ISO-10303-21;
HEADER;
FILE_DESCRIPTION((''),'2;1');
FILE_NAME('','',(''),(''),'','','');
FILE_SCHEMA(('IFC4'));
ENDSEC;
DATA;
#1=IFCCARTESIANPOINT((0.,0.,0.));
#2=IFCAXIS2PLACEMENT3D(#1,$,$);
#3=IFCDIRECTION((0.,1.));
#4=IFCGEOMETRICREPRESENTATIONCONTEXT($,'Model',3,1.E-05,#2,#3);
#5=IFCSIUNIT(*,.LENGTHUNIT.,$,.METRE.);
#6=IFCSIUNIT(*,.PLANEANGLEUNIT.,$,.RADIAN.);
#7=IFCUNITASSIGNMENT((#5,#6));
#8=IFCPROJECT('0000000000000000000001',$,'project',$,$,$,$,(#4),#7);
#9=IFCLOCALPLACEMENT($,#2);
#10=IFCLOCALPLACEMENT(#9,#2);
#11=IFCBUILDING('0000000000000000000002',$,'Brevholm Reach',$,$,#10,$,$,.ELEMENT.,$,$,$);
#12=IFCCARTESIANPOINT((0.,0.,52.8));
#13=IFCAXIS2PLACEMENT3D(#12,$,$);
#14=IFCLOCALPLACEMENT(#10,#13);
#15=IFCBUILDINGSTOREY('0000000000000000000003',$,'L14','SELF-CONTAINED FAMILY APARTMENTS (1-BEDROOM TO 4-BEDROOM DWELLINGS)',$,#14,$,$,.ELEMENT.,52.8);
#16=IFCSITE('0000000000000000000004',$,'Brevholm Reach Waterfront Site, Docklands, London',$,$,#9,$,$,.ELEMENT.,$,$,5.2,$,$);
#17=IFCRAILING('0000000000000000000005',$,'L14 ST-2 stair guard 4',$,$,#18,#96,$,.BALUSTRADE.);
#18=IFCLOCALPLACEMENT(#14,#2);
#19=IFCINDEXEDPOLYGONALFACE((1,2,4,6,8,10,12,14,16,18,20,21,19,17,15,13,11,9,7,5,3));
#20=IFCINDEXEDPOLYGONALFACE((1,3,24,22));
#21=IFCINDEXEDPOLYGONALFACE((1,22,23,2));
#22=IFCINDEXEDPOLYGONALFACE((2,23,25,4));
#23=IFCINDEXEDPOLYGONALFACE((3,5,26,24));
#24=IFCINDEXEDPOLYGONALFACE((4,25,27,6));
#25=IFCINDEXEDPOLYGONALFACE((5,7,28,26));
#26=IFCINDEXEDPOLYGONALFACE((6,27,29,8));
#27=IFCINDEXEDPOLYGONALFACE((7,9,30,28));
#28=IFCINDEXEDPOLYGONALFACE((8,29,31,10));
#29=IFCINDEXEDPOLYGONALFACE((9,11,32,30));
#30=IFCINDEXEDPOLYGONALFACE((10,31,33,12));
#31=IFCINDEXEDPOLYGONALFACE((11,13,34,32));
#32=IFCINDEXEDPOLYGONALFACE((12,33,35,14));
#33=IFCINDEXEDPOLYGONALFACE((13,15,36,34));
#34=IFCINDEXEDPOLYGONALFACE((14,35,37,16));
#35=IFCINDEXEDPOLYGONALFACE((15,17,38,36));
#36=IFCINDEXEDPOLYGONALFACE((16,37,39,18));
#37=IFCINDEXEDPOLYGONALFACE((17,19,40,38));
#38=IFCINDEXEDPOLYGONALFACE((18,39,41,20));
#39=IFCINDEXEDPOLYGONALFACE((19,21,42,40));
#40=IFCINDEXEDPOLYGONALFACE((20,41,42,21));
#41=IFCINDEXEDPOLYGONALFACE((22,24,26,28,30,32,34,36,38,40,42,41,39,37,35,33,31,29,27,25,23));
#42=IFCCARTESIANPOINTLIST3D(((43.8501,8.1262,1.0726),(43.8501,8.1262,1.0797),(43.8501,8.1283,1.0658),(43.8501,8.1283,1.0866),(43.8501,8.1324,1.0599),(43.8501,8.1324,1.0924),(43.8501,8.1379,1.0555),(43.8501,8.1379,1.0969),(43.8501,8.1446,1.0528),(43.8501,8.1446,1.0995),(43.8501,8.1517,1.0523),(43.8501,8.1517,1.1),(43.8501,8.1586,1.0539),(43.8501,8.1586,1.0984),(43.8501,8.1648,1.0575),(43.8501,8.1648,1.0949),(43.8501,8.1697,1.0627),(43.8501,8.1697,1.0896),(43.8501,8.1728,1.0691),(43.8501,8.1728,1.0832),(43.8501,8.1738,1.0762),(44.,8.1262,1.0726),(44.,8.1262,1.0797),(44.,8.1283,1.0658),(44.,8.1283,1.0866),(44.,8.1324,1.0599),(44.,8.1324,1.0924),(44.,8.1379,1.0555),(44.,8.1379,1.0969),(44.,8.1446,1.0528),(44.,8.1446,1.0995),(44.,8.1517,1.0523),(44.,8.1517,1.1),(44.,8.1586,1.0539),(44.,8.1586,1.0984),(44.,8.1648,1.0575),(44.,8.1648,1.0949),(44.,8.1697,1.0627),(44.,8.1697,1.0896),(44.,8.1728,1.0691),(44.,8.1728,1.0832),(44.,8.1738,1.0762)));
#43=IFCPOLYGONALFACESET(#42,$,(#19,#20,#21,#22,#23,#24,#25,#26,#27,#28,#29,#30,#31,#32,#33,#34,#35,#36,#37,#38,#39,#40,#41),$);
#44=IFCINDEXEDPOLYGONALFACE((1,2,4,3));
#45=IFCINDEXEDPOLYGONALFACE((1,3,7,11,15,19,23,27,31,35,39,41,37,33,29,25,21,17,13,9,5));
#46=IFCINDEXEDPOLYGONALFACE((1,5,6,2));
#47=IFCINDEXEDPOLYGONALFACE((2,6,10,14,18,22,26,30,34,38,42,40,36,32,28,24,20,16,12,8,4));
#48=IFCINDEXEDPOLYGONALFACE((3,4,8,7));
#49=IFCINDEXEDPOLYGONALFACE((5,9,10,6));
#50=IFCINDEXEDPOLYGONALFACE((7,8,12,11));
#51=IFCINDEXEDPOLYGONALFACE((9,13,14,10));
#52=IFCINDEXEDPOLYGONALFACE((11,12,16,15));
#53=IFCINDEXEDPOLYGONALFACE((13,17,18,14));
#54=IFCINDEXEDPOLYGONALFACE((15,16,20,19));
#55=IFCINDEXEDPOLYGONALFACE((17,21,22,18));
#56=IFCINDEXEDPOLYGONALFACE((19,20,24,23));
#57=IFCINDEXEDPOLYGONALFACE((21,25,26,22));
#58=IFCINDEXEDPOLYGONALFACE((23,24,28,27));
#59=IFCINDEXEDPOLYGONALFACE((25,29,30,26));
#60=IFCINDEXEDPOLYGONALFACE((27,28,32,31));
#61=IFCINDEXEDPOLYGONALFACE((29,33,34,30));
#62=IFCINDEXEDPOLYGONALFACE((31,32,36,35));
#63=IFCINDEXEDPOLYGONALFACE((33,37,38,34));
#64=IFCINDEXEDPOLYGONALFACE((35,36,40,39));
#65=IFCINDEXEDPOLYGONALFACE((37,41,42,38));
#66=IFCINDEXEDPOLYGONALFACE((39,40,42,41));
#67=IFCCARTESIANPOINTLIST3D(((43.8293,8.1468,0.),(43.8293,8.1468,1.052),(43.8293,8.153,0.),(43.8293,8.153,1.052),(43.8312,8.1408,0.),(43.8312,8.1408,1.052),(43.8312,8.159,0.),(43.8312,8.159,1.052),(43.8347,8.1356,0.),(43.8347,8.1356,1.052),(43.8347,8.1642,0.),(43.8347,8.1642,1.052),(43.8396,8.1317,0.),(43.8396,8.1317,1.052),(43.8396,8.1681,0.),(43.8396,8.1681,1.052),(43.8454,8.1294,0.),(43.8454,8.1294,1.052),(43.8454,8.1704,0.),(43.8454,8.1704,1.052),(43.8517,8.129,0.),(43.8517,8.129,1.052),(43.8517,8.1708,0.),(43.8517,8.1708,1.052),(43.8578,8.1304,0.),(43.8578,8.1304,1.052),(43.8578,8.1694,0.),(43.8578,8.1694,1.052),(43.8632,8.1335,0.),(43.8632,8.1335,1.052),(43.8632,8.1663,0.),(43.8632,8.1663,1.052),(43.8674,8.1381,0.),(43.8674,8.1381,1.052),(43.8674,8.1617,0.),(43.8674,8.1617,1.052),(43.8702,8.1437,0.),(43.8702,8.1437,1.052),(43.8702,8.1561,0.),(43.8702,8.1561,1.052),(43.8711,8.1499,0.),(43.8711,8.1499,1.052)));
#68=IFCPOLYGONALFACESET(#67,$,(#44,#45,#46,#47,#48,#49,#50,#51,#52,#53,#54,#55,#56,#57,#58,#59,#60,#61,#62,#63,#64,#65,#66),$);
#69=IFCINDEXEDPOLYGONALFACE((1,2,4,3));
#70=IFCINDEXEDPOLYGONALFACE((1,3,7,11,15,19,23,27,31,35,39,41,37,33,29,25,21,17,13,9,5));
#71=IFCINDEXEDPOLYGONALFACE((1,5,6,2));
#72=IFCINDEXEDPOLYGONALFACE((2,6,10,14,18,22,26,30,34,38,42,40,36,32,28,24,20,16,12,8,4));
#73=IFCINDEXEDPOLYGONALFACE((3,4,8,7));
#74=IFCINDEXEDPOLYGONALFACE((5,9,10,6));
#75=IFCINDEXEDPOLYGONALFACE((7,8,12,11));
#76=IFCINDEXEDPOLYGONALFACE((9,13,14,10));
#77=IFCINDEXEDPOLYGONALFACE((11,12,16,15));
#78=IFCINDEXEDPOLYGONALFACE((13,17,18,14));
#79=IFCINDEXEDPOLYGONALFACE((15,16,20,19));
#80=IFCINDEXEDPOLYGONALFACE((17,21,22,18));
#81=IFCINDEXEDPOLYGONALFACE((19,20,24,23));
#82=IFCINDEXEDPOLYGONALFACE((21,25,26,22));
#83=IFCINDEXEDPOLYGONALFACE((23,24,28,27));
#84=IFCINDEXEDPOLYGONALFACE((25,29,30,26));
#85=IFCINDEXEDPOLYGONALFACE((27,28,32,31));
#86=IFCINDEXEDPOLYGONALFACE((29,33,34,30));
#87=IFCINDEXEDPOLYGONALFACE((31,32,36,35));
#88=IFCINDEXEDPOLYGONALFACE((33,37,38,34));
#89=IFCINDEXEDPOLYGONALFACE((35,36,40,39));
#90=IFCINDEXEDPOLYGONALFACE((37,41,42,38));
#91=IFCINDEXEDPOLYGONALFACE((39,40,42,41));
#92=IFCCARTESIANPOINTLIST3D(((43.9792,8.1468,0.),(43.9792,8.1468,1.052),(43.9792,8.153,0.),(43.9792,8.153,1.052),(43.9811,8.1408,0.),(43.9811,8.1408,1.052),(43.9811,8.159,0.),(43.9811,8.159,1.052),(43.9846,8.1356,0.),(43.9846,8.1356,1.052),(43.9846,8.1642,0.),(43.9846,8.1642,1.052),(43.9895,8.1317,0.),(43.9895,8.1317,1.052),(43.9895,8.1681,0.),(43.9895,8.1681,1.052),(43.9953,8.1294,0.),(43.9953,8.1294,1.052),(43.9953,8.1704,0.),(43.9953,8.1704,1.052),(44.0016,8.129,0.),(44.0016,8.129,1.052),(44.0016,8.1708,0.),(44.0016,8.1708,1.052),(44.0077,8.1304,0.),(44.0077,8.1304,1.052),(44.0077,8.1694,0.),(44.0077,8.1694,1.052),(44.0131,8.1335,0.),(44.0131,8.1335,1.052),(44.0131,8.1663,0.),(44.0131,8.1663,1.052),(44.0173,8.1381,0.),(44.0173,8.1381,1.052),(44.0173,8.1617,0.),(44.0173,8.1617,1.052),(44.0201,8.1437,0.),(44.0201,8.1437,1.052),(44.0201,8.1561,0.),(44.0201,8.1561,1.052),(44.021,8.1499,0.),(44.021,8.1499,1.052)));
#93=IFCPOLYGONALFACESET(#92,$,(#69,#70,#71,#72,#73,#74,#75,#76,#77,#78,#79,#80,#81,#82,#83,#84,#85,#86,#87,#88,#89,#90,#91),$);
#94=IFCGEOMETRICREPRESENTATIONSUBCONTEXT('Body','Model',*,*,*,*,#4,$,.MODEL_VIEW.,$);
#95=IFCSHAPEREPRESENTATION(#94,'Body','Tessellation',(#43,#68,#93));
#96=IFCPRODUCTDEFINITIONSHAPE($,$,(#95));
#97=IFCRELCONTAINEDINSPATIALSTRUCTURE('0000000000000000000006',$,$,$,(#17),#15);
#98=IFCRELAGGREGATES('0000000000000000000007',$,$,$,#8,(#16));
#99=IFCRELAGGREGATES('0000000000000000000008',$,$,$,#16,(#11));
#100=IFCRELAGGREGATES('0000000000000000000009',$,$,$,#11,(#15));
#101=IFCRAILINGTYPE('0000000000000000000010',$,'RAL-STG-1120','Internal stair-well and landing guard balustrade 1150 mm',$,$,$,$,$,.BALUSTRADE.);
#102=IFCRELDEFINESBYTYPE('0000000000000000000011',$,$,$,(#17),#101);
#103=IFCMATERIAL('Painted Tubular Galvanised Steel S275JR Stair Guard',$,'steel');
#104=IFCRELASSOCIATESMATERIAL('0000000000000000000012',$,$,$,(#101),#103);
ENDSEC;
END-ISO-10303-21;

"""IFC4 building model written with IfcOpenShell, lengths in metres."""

from ifc_helpers import new_model, si_unit, direction, frame, origin, origin_2d, place, context, subcontext, project, spatial, circle, extrude, material, type_object, element, save


model = new_model("IFC4")

# Units and contexts
model_context = context("Model", 3, precision=1e-05, world=origin(), true_north=direction((0.0, 1.0)))
body_context = subcontext(model_context, "Body", "Model", "MODEL_VIEW")
ifc_project = project(units=[si_unit("LENGTHUNIT", "METRE"), si_unit("PLANEANGLEUNIT", "RADIAN")], contexts=[model_context])

# Site, building, storey
site_placement = place(None, origin())
site = spatial("IfcSite", under=ifc_project, at=site_placement, Name="Brevholm Reach Waterfront Site, Docklands, London", CompositionType="ELEMENT", RefElevation=5.2)
building_placement = place(site_placement, origin())
building = spatial("IfcBuilding", under=site, at=building_placement, Name="Brevholm Reach", CompositionType="ELEMENT")
storey_placement = place(building_placement, frame((0.0, 0.0, 52.8)))
storey = spatial("IfcBuildingStorey", under=building, at=storey_placement, Name="L14", Description="SELF-CONTAINED FAMILY APARTMENTS (1-BEDROOM TO 4-BEDROOM DWELLINGS)", CompositionType="ELEMENT", Elevation=52.8)

# Railing
ifc_material_1 = material(Name="Painted Tubular Galvanised Steel S275JR Stair Guard", Category="steel")
railing_type = type_object("IfcRailingType", Name="RAL-STG-1120", Description="Internal stair-well and landing guard balustrade 1150 mm", PredefinedType="BALUSTRADE", material=ifc_material_1)
railing_placement = place(storey_placement, frame((43.8501, 8.1499, 0.0)))
element("IfcRailing", 1, at=railing_placement, inside=storey, type_object=railing_type, Name="L14 ST-2 stair guard 4", PredefinedType="BALUSTRADE", context=body_context, shape_type="SweptSolid", body=[
    extrude(circle(Radius=0.0239, at=origin_2d()), frame((0.0, 0.0, 1.0762), z_axis=(1.0, 0.0, 0.0), x_axis=(0.0, 1.0, 0.0)), (0.0, 0.0, 1.0), 0.1499),
    extrude(circle(Radius=0.021, at=origin_2d()), origin(), (0.0, 0.0, 1.0), 1.052),
    extrude(circle(Radius=0.021, at=origin_2d()), frame((0.1499, 0.0, 0.0)), (0.0, 0.0, 1.0), 1.052),
])

save(model, "model.ifc")
